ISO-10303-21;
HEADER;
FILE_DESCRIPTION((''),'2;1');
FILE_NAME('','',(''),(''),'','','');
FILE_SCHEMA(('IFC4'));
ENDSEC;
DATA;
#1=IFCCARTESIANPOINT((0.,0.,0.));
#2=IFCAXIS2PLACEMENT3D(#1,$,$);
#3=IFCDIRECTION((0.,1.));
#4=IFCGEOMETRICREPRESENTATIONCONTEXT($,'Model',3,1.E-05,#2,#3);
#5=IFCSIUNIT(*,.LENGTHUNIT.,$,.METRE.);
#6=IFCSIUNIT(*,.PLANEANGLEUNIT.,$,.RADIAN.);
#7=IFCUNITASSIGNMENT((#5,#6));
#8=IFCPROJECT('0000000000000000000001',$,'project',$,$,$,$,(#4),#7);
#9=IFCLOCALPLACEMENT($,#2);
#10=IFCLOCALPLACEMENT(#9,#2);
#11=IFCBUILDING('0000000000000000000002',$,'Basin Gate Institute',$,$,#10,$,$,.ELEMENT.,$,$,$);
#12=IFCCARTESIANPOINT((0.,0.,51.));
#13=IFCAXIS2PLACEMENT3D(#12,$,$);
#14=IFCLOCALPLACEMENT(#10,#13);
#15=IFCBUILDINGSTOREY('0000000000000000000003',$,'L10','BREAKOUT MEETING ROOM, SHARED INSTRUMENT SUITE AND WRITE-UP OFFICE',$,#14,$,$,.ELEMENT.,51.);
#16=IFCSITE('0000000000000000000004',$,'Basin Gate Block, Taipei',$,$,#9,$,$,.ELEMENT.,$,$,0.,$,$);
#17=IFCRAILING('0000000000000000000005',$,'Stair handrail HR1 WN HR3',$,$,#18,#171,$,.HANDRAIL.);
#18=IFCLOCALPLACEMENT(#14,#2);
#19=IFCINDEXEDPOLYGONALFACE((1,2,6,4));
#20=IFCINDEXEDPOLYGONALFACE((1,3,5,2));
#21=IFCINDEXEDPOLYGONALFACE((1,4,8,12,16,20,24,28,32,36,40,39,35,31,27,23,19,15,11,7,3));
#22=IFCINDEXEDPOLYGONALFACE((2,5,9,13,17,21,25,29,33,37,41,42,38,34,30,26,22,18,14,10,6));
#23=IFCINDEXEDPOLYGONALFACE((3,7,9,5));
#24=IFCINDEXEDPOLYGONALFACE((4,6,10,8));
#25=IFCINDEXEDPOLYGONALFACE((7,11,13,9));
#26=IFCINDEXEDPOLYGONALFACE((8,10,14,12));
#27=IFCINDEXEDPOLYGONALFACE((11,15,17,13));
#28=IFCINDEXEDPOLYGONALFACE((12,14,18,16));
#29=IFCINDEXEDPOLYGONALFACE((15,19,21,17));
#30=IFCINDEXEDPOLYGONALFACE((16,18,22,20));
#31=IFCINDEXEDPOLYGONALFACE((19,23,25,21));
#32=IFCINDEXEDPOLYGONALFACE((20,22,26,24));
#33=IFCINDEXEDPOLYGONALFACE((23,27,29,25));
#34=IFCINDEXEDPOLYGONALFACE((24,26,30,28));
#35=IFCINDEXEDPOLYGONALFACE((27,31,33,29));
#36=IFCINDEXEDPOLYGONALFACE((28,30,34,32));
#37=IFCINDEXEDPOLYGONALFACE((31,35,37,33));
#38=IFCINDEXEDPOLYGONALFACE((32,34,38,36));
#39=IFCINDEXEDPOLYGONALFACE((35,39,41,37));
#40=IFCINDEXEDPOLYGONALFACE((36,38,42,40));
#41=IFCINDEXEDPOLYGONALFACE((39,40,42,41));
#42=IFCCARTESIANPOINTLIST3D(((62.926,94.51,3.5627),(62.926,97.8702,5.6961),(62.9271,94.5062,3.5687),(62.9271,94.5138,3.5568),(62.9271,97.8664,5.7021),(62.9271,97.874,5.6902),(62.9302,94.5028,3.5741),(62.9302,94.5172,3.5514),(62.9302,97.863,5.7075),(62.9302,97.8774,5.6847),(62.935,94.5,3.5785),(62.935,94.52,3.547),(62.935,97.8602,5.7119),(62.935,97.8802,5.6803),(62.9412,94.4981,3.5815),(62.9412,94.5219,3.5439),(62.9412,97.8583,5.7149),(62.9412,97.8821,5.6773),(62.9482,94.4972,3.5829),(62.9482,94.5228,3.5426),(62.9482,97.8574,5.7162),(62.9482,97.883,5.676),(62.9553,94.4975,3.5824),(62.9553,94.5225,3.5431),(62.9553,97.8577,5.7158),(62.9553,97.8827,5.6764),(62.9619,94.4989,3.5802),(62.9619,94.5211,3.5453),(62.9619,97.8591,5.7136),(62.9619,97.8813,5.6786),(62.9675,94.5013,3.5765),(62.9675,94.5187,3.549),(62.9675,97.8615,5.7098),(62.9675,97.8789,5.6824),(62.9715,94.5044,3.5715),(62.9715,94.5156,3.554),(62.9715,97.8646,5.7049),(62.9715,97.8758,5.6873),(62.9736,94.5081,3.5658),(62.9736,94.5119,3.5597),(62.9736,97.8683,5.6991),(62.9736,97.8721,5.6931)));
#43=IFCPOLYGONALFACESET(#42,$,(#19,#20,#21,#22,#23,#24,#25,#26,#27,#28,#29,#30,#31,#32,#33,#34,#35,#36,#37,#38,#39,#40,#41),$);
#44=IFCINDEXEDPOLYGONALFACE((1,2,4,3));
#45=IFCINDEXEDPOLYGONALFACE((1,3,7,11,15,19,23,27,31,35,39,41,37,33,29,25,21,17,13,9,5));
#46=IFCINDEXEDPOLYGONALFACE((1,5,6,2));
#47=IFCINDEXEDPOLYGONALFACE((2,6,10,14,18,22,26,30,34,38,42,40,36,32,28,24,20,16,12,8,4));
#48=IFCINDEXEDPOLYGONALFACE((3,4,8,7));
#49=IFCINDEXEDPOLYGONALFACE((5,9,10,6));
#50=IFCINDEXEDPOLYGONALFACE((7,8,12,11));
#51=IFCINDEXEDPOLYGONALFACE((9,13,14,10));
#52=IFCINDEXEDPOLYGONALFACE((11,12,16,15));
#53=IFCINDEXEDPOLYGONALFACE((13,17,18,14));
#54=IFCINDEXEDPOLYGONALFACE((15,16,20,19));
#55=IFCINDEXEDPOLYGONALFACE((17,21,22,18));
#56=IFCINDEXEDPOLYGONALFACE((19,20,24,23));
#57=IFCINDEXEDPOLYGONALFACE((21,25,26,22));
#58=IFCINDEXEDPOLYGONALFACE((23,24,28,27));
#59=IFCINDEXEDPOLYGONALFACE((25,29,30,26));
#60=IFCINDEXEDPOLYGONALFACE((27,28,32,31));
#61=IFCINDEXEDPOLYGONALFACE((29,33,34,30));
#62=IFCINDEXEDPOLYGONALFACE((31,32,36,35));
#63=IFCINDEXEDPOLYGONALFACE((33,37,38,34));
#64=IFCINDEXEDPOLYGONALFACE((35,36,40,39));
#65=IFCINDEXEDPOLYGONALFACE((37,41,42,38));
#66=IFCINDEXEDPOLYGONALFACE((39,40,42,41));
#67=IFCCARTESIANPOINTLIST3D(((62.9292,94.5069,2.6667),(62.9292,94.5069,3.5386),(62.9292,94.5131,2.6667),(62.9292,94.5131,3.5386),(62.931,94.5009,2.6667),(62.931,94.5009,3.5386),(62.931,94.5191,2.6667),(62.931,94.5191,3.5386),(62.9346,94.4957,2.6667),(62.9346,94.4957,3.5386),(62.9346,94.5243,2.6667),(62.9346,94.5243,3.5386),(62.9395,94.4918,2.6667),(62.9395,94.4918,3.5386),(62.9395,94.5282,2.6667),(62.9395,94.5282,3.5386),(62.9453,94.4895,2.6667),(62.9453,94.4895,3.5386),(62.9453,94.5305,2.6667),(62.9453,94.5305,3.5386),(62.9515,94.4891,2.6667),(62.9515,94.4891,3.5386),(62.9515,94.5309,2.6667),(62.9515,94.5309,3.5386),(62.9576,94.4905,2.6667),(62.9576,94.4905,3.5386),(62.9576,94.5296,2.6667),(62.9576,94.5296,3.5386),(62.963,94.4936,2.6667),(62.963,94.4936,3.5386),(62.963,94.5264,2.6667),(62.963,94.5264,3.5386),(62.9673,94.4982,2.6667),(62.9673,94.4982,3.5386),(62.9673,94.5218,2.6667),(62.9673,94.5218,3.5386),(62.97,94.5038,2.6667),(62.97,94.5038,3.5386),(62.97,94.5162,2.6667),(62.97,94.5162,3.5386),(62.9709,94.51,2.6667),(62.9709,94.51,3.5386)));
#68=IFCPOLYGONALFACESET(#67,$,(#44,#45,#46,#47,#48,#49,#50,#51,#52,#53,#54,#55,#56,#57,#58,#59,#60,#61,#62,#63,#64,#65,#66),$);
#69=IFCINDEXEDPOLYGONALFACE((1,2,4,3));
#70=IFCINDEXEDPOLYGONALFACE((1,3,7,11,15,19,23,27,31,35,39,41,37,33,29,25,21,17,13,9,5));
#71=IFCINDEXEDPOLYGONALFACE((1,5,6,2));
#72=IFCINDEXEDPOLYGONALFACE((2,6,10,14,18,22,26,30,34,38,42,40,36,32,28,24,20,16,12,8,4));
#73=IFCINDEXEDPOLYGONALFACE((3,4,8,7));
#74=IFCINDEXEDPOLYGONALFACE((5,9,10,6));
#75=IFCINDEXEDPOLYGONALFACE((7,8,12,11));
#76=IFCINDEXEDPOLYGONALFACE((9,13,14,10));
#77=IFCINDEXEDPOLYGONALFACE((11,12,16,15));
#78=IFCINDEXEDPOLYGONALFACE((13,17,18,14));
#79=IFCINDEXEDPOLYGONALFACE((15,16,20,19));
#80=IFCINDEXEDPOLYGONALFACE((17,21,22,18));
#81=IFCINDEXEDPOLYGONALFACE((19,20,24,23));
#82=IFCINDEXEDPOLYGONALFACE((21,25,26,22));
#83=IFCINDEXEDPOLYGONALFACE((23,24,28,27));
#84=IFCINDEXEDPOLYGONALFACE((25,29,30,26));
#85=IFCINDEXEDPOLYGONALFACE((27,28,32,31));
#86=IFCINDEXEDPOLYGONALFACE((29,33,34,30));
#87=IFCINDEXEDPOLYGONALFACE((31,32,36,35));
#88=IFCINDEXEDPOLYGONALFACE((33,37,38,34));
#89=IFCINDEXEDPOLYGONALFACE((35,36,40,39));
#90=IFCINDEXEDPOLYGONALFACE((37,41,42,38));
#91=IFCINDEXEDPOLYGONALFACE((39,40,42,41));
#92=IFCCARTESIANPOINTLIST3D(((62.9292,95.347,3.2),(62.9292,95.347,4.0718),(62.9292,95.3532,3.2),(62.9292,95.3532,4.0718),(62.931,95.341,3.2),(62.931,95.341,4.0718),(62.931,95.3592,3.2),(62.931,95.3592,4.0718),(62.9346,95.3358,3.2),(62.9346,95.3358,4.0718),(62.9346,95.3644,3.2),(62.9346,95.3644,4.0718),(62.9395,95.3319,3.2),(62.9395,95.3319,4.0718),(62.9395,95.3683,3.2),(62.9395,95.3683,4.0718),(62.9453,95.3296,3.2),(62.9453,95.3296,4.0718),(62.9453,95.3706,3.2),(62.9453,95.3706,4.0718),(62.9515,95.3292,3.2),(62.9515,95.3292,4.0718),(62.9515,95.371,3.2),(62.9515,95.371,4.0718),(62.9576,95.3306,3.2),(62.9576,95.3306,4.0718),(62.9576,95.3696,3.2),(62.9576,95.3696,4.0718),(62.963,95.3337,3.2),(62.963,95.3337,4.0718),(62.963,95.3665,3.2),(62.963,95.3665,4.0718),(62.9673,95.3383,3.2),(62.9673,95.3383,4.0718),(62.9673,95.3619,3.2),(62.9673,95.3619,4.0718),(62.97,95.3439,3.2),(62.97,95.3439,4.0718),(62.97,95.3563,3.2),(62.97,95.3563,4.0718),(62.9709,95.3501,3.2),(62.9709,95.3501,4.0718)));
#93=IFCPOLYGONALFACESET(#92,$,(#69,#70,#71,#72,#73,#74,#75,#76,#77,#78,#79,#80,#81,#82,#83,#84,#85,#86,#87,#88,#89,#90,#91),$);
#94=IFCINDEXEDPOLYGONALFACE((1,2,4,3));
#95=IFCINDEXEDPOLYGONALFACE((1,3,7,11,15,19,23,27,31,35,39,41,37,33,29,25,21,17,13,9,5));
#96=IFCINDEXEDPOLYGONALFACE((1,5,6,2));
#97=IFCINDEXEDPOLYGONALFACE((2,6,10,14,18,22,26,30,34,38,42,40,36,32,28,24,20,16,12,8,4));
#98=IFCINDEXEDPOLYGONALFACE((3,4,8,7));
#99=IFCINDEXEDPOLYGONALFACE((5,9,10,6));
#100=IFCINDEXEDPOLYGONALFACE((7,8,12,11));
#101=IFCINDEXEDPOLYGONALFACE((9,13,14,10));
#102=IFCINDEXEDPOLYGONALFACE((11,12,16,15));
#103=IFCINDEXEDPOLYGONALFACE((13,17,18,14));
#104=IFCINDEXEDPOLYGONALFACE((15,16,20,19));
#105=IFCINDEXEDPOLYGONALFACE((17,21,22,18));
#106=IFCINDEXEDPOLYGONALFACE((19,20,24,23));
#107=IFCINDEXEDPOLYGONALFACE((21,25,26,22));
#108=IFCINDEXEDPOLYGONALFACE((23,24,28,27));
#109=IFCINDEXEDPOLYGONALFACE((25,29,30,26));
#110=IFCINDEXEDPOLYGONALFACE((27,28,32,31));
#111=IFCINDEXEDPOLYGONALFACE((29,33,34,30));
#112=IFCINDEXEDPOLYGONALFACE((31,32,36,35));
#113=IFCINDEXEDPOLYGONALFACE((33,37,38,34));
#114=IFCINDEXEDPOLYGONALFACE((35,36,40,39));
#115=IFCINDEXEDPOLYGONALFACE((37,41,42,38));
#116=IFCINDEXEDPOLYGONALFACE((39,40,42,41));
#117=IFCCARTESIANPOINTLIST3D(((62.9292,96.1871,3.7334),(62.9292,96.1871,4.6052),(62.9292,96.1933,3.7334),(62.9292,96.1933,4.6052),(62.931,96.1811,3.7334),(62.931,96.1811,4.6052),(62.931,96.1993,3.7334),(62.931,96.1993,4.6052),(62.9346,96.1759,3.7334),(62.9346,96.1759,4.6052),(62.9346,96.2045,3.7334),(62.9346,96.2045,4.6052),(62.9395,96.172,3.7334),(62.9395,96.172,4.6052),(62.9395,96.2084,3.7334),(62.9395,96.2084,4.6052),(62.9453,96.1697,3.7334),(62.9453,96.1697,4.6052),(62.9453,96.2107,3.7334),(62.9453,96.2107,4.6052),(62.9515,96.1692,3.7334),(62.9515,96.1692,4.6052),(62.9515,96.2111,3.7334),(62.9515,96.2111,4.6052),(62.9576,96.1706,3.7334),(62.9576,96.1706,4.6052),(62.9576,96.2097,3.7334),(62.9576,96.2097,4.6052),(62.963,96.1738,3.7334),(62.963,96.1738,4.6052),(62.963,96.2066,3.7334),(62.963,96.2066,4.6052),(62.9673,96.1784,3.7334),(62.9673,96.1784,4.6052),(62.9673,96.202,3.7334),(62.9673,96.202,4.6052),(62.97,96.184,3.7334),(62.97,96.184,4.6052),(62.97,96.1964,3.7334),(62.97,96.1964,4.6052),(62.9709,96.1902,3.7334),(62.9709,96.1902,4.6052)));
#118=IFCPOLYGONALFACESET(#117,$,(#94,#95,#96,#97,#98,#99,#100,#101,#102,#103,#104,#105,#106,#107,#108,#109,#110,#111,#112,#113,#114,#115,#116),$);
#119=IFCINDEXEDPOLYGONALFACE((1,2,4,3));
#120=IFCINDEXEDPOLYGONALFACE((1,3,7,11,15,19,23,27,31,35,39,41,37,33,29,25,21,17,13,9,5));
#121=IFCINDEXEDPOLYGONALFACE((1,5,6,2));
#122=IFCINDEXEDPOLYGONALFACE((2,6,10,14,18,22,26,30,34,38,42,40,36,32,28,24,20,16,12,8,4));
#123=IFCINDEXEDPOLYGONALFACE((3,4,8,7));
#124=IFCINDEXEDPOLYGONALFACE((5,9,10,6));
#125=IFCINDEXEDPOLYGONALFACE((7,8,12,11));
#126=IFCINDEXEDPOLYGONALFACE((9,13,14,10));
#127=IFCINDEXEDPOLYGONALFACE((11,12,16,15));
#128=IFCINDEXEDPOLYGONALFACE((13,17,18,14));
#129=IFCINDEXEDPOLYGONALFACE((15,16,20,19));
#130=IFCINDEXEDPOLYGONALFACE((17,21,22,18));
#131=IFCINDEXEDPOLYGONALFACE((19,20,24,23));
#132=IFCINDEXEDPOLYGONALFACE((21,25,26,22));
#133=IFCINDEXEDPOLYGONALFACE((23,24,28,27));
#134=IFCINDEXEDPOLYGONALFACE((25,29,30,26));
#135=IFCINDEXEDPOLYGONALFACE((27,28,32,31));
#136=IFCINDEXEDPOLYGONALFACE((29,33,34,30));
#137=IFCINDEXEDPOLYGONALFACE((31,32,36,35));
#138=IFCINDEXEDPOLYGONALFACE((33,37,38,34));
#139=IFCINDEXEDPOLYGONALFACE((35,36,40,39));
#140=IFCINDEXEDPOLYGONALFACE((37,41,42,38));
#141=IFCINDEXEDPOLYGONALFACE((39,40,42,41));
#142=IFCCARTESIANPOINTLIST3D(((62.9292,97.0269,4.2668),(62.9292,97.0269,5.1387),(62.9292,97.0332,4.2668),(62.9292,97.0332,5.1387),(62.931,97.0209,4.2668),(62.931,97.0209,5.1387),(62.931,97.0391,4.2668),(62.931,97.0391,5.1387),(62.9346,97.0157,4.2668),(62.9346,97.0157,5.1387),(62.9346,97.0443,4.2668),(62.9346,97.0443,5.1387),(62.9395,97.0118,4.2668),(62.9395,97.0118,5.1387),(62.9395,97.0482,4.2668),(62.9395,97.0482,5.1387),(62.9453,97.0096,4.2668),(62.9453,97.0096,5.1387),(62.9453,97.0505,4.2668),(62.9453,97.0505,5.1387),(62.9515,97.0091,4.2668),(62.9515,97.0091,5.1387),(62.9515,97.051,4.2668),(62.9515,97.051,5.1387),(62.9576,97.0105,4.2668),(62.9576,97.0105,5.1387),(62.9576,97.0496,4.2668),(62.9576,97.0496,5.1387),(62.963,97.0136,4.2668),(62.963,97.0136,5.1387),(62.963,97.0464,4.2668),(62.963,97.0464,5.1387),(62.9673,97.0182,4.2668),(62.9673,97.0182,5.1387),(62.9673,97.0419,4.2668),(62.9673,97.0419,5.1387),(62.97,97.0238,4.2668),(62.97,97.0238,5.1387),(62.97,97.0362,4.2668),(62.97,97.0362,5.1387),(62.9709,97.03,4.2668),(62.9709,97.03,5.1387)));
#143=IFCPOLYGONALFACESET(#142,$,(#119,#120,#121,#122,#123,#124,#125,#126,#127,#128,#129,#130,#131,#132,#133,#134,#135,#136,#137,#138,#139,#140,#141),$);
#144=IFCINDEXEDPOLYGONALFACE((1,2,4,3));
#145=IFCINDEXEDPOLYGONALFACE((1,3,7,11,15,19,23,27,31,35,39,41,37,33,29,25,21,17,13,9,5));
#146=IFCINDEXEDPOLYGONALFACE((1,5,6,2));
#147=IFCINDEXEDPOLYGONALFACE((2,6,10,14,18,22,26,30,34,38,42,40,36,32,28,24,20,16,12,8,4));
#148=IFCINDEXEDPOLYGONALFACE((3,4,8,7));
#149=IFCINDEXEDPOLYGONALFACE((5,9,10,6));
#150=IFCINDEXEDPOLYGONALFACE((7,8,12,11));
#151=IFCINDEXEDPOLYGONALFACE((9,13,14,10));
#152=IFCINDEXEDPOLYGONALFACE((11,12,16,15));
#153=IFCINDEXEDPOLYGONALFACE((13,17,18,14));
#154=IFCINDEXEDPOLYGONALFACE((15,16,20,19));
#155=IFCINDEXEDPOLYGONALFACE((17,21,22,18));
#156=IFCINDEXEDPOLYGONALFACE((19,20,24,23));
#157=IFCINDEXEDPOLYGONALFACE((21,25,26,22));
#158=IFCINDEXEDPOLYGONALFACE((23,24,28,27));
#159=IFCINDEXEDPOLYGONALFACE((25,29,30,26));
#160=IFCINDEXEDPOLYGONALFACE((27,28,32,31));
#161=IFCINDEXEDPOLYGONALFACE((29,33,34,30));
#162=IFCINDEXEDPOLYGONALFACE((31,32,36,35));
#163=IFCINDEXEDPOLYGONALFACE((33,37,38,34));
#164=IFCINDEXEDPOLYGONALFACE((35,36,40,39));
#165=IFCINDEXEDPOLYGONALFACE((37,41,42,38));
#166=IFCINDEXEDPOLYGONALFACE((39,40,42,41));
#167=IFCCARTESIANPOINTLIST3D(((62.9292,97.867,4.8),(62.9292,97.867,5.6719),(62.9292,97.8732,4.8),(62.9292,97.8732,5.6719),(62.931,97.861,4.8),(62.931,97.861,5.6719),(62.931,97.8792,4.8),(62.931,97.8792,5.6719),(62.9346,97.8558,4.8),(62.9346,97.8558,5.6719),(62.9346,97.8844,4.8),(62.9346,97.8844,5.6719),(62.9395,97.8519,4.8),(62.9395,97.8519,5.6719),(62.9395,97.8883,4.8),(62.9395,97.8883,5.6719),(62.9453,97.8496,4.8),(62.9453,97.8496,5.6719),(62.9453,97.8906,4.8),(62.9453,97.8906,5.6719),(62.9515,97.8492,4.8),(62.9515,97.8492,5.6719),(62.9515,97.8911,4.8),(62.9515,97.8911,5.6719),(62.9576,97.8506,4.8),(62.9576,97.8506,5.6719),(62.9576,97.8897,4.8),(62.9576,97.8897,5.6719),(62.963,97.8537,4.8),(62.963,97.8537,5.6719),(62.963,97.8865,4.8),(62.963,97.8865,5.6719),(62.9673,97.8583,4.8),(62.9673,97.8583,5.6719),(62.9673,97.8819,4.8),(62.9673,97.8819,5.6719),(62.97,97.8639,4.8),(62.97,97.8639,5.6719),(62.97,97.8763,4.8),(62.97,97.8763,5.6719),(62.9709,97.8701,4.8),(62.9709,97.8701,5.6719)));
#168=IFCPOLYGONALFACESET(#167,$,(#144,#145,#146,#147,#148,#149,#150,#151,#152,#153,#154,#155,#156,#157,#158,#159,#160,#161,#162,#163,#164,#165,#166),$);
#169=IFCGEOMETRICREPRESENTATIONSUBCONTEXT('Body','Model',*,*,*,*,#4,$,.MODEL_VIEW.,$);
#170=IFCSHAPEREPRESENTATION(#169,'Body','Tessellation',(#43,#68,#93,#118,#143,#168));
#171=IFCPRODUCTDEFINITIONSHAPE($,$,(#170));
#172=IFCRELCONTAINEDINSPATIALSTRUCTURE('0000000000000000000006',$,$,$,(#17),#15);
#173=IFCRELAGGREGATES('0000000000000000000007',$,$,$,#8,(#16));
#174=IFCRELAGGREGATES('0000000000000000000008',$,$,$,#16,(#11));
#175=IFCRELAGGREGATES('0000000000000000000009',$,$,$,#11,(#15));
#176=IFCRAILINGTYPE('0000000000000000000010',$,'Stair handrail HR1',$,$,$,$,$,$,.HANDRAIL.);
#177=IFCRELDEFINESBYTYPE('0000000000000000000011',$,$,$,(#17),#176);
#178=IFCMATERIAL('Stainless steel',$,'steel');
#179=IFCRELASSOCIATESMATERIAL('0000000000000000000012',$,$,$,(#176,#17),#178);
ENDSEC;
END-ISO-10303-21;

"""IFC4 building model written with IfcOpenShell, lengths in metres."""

from ifc_helpers import new_model, si_unit, direction, frame, origin, origin_2d, place, context, subcontext, project, spatial, circle, extrude, material, type_object, element, save


model = new_model("IFC4")

# Units and contexts
model_context = context("Model", 3, precision=1e-05, world=origin(), true_north=direction((0.0, 1.0)))
body_context = subcontext(model_context, "Body", "Model", "MODEL_VIEW")
ifc_project = project(units=[si_unit("LENGTHUNIT", "METRE"), si_unit("PLANEANGLEUNIT", "RADIAN")], contexts=[model_context])

# Site, building, storey
site_placement = place(None, origin())
site = spatial("IfcSite", under=ifc_project, at=site_placement, Name="Basin Gate Block, Taipei", CompositionType="ELEMENT", RefElevation=0.0)
building_placement = place(site_placement, origin())
building = spatial("IfcBuilding", under=site, at=building_placement, Name="Basin Gate Institute", CompositionType="ELEMENT")
storey_placement = place(building_placement, frame((0.0, 0.0, 51.0)))
storey = spatial("IfcBuildingStorey", under=building, at=storey_placement, Name="L10", Description="BREAKOUT MEETING ROOM, SHARED INSTRUMENT SUITE AND WRITE-UP OFFICE", CompositionType="ELEMENT", Elevation=51.0)

# Railing
ifc_material_1 = material(Name="Stainless steel", Category="steel")
railing_type_1 = type_object("IfcRailingType", Name="Stair handrail HR1", PredefinedType="HANDRAIL", material=ifc_material_1)
railing_1_placement = place(storey_placement, frame((62.95, 94.51, 2.6667)))
element("IfcRailing", 1, at=railing_1_placement, inside=storey, type_object=railing_type_1, material=ifc_material_1, Name="Stair handrail HR1 WN HR3", PredefinedType="HANDRAIL", context=body_context, shape_type="SweptSolid", body=[
    extrude(circle(Radius=0.0239, at=origin_2d()), frame((0.0, 0.0, 0.896), z_axis=(0.0, 0.844224, 0.53599), x_axis=(-1.0, 0.0, 0.0)), (0.0, 0.0, 1.0), 3.9802),
    extrude(circle(Radius=0.021, at=origin_2d()), origin(), (0.0, 0.0, 1.0), 0.8718),
    extrude(circle(Radius=0.021, at=origin_2d()), frame((0.0, 0.8401, 0.5332)), (0.0, 0.0, 1.0), 0.8718),
    extrude(circle(Radius=0.021, at=origin_2d()), frame((0.0, 1.6802, 1.0667)), (0.0, 0.0, 1.0), 0.8718),
    extrude(circle(Radius=0.021, at=origin_2d()), frame((0.0, 2.52, 1.6001)), (0.0, 0.0, 1.0), 0.8718),
    extrude(circle(Radius=0.021, at=origin_2d()), frame((0.0, 3.3601, 2.1333)), (0.0, 0.0, 1.0), 0.8718),
])

save(model, "model.ifc")
